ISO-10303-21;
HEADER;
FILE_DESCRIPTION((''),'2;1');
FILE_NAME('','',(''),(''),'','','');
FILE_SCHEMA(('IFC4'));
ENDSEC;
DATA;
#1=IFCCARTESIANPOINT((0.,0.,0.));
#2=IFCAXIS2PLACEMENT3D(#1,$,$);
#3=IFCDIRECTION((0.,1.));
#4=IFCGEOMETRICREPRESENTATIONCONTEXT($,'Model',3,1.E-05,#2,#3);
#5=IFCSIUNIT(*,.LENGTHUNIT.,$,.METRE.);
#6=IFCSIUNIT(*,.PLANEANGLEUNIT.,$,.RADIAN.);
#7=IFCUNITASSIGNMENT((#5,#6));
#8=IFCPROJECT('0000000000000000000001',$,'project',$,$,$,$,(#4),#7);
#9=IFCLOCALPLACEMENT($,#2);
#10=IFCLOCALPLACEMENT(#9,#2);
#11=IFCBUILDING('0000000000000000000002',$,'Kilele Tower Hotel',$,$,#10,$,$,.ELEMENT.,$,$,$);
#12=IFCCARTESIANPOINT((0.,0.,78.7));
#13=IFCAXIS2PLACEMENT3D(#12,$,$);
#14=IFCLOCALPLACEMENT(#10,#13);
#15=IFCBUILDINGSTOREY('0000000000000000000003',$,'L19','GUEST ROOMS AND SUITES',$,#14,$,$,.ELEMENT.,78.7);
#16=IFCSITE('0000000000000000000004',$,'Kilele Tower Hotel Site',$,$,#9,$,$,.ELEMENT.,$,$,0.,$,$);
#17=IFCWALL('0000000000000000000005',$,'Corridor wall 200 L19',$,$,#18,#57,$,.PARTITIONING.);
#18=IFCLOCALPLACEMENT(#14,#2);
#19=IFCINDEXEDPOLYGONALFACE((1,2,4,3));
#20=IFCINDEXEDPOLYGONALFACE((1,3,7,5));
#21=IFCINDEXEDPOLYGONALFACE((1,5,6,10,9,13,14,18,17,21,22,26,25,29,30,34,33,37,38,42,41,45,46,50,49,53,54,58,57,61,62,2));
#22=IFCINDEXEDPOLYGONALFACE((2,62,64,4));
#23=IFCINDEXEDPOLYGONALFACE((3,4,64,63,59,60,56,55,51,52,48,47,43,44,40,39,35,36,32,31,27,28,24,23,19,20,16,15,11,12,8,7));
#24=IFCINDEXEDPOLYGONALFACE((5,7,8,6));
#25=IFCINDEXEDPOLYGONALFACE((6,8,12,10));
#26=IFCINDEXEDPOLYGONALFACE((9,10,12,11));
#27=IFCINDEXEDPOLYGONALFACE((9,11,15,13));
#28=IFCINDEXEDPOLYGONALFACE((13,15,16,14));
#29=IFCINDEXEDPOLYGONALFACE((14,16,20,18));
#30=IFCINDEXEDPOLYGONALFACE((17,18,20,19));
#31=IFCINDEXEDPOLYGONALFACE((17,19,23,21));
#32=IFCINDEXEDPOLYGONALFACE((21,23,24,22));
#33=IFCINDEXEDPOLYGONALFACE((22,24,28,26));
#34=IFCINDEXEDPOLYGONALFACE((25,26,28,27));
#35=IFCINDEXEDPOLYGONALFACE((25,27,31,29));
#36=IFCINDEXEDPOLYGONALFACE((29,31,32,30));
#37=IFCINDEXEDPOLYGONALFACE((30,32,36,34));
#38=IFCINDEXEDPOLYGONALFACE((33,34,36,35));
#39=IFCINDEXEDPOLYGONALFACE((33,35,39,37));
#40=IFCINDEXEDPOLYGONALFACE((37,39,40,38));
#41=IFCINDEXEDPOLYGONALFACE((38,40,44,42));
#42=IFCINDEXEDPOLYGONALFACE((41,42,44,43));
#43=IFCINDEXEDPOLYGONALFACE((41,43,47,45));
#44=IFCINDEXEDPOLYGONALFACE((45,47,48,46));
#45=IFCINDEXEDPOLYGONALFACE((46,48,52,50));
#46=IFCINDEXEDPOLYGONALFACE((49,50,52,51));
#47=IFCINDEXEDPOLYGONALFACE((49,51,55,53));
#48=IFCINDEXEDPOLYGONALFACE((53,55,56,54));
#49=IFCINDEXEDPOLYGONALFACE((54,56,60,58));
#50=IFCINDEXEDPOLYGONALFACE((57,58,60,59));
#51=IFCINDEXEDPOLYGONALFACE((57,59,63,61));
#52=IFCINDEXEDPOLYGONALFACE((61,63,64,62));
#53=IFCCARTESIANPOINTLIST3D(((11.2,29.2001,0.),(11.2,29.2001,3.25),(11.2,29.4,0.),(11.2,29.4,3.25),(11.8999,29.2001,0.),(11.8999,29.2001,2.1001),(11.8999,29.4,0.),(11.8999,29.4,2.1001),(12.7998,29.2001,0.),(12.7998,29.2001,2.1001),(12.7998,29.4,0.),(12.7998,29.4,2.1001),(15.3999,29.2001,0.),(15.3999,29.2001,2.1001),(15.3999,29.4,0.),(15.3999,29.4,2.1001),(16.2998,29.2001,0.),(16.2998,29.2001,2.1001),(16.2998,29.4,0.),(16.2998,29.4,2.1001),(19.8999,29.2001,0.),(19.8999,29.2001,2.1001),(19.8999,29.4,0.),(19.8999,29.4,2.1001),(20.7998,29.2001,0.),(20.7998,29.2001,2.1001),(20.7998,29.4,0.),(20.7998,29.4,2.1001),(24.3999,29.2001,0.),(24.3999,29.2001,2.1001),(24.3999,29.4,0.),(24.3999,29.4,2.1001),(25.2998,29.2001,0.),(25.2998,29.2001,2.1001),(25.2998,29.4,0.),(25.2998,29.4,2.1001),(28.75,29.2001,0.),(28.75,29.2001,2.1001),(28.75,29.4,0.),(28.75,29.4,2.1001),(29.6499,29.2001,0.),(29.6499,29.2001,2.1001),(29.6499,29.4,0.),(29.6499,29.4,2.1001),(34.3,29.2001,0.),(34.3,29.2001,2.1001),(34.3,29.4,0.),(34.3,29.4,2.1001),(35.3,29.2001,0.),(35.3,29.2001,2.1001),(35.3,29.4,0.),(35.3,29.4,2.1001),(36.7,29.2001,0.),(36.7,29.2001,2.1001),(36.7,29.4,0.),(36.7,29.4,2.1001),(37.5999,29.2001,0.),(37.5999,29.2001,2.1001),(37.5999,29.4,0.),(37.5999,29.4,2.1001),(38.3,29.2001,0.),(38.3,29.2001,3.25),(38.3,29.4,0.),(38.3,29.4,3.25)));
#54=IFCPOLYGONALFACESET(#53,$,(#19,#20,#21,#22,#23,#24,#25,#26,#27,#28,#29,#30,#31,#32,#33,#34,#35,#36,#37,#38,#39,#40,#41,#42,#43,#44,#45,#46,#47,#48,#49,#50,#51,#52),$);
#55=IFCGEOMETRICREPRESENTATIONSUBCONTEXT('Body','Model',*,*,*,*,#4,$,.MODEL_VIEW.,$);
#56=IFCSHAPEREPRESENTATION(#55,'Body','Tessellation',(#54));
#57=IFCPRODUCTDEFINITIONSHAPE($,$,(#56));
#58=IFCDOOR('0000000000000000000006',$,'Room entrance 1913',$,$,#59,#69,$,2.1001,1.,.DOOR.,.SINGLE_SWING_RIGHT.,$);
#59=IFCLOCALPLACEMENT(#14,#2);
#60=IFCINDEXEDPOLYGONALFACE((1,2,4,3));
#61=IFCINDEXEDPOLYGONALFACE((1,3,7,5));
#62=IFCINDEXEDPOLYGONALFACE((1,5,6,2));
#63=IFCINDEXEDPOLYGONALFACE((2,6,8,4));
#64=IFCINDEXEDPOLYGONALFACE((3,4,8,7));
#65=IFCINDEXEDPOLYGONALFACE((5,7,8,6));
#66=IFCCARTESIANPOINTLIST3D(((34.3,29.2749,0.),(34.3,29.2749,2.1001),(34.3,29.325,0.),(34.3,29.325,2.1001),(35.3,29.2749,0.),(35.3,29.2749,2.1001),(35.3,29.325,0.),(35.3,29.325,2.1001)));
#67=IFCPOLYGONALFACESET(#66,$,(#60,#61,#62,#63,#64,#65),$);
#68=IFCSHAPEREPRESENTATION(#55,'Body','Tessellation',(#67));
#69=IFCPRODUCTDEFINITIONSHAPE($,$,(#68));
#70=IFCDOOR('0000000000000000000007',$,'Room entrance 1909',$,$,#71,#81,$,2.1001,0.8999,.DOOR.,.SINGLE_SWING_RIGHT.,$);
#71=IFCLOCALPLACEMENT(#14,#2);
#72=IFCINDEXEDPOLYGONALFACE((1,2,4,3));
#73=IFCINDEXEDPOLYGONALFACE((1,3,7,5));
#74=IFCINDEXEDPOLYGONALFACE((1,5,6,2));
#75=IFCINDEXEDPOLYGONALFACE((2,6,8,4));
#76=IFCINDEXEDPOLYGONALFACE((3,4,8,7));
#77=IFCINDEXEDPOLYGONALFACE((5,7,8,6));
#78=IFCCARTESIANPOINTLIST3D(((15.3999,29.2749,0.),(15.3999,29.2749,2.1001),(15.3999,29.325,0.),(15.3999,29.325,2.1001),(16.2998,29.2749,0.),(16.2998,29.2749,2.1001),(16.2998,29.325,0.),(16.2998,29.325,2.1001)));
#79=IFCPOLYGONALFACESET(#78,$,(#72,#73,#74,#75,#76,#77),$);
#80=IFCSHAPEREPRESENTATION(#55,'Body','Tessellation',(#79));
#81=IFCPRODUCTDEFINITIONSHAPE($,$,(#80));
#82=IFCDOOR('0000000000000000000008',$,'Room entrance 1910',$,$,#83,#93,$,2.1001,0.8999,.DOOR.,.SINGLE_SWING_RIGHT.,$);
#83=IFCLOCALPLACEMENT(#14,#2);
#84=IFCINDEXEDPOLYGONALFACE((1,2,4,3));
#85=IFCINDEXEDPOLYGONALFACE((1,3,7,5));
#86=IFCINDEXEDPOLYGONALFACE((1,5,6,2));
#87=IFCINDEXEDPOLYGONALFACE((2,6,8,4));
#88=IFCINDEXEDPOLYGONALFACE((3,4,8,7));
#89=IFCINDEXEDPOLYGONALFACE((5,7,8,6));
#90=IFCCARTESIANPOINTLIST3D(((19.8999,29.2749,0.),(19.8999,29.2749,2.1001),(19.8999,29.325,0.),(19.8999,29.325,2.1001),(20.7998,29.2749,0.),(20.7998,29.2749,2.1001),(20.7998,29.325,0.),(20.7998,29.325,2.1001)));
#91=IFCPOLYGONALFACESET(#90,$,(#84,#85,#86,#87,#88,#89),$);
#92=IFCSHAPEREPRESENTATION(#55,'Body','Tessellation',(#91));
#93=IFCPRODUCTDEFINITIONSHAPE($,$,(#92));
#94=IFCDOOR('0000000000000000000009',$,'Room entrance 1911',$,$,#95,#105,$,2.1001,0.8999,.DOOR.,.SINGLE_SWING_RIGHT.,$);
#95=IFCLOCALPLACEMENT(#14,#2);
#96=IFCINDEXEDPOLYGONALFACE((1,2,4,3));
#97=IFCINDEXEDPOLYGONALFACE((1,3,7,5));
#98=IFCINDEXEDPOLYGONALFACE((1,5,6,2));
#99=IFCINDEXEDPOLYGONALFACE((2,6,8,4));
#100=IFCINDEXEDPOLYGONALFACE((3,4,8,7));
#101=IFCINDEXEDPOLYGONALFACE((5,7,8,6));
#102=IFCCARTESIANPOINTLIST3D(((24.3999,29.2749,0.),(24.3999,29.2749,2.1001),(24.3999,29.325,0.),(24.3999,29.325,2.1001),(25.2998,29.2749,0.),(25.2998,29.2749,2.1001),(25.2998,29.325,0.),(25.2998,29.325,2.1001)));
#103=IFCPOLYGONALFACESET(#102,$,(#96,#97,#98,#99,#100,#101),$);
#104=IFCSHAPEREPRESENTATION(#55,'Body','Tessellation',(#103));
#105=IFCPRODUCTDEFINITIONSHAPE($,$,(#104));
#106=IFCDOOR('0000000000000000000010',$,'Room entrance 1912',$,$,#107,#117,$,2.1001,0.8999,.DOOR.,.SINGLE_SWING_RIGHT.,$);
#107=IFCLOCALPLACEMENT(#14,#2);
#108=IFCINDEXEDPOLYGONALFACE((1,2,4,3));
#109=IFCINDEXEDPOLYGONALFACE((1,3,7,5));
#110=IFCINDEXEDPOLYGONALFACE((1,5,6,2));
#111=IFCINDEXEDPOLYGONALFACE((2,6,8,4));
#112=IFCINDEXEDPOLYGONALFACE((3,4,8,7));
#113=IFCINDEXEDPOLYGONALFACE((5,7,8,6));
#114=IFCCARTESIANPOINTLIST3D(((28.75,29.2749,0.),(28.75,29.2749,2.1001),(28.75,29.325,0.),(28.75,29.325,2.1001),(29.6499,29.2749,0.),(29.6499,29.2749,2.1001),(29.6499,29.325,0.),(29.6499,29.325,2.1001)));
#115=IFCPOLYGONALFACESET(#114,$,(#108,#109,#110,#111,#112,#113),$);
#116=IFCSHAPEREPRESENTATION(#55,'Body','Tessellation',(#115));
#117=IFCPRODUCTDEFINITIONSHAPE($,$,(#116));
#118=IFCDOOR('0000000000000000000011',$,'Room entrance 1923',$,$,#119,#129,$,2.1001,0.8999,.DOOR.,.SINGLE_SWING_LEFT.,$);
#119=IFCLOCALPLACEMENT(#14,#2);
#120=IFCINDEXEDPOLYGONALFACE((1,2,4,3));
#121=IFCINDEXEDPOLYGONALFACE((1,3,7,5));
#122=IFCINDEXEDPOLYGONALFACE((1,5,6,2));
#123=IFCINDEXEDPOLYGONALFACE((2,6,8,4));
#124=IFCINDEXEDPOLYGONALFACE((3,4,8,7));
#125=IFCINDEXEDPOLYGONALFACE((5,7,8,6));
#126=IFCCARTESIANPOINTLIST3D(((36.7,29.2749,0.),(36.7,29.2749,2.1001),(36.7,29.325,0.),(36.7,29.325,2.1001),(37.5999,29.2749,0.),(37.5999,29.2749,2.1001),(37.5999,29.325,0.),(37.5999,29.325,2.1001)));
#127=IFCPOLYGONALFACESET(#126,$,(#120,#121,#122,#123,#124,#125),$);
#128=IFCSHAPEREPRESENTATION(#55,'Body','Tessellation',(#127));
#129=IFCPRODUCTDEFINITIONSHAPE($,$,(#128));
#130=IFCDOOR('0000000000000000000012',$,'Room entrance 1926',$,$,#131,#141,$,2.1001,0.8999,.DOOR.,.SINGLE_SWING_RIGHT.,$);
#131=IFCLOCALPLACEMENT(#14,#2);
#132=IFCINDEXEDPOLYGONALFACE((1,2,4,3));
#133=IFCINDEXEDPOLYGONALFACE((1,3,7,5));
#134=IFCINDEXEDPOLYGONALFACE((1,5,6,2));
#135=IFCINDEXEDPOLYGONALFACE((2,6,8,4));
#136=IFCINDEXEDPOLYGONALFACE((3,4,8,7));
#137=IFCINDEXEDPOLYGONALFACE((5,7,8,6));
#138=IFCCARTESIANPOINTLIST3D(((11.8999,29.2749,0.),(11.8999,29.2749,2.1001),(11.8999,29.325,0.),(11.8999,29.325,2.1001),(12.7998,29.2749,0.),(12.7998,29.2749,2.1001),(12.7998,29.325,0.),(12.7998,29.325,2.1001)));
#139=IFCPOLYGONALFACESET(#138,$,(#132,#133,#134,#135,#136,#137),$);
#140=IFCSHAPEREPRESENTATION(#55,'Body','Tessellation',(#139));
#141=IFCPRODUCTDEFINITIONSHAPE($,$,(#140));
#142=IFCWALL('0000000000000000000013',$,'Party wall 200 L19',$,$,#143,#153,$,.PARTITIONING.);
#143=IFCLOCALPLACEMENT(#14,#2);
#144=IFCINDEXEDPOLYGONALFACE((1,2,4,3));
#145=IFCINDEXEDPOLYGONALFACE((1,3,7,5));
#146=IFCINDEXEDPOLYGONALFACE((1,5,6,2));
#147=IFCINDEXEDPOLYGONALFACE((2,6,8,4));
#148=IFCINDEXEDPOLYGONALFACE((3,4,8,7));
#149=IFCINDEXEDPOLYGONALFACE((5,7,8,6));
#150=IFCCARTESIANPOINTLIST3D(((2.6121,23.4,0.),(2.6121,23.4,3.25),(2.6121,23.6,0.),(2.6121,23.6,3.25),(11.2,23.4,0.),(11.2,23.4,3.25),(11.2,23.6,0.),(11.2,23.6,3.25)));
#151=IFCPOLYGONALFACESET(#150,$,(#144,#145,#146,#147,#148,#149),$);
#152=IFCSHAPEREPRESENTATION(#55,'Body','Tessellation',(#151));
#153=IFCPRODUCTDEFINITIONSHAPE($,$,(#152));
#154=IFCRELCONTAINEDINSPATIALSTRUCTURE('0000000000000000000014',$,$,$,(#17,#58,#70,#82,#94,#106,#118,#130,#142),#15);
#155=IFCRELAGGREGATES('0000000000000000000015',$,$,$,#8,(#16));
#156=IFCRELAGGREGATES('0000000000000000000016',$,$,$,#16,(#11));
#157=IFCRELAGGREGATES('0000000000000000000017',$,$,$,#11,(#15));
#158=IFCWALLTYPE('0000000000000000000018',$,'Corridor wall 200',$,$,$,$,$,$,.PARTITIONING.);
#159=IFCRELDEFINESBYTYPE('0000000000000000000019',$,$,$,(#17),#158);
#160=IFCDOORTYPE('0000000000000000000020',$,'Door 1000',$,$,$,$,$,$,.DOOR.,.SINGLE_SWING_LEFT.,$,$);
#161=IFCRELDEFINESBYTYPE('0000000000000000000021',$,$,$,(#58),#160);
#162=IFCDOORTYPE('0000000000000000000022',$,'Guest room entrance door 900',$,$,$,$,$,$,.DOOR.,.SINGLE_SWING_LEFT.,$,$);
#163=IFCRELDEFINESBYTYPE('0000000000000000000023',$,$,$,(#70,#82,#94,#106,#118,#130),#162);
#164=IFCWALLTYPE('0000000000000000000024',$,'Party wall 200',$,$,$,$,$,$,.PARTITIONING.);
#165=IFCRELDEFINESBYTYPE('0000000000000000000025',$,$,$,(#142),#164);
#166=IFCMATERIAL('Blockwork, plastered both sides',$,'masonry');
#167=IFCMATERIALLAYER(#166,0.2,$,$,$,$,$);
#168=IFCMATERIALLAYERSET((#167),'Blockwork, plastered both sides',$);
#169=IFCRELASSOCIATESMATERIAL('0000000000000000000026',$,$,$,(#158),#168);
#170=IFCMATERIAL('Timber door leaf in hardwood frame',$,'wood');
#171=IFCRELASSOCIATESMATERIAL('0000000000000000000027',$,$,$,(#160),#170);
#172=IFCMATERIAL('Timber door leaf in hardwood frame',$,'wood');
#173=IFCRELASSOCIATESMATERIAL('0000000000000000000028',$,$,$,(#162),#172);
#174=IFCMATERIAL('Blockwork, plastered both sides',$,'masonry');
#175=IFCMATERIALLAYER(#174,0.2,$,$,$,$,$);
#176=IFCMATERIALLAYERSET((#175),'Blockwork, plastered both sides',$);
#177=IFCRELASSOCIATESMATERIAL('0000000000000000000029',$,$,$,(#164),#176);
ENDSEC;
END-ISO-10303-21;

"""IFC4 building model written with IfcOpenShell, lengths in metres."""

from ifc_helpers import new_model, si_unit, direction, frame, frame_2d, origin, place, context, subcontext, project, spatial, rectangle, extrude, material, layer, layer_set, type_object, element, fill, save


model = new_model("IFC4")

# Units and contexts
model_context = context("Model", 3, precision=1e-05, world=origin(), true_north=direction((0.0, 1.0)))
body_context = subcontext(model_context, "Body", "Model", "MODEL_VIEW")
ifc_project = project(units=[si_unit("LENGTHUNIT", "METRE"), si_unit("PLANEANGLEUNIT", "RADIAN")], contexts=[model_context])

# Site, building, storey
site_placement = place(None, origin())
site = spatial("IfcSite", under=ifc_project, at=site_placement, Name="Kilele Tower Hotel Site", CompositionType="ELEMENT", RefElevation=0.0)
building_placement = place(site_placement, origin())
building = spatial("IfcBuilding", under=site, at=building_placement, Name="Kilele Tower Hotel", CompositionType="ELEMENT")
storey_placement = place(building_placement, frame((0.0, 0.0, 78.7)))
storey = spatial("IfcBuildingStorey", under=building, at=storey_placement, Name="L19", Description="GUEST ROOMS AND SUITES", CompositionType="ELEMENT", Elevation=78.7)

# Wall, openings, doors
ifc_material_1 = material(Name="Blockwork, plastered both sides", Category="masonry")
ifc_layer_1 = layer(ifc_material_1, 0.2)
ifc_layer_set_1 = layer_set([ifc_layer_1], Name="Blockwork, plastered both sides")
wall_type_1 = type_object("IfcWallType", Name="Corridor wall 200", PredefinedType="PARTITIONING", material=ifc_layer_set_1)
wall_1_placement = place(storey_placement, frame((11.2, 29.3, 0.0), z_axis=(0.0, 0.0, 1.0), x_axis=(1.0, 0.0, 0.0)))
wall_1 = element("IfcWall", 1, at=wall_1_placement, inside=storey, type_object=wall_type_1, Name="Corridor wall 200 L19", PredefinedType="PARTITIONING", context=body_context, shape_type="SweptSolid", body=[
    extrude(rectangle(XDim=27.1001, YDim=0.2, at=frame_2d((13.55, 0.0))), origin(), (0.0, 0.0, 1.0), 3.25),
])
opening_1_placement = place(wall_1_placement, frame((4.2, 0.0, 0.0)))
opening_1 = element("IfcOpeningElement", 2, at=opening_1_placement, cuts=wall_1, PredefinedType="OPENING", context=body_context, shape_type="SweptSolid", body=[
    extrude(rectangle(XDim=0.8999, YDim=2.1001, at=frame_2d((0.45, 1.05))), frame((0.0, 0.1099, 0.0), z_axis=(0.0, -1.0, 0.0), x_axis=(1.0, 0.0, 0.0)), (0.0, 0.0, 1.0), 0.22),
])
opening_2_placement = place(wall_1_placement, frame((8.7, 0.0, 0.0)))
opening_2 = element("IfcOpeningElement", 3, at=opening_2_placement, cuts=wall_1, PredefinedType="OPENING", context=body_context, shape_type="SweptSolid", body=[
    extrude(rectangle(XDim=0.8999, YDim=2.1001, at=frame_2d((0.45, 1.05))), frame((0.0, 0.1099, 0.0), z_axis=(0.0, -1.0, 0.0), x_axis=(1.0, 0.0, 0.0)), (0.0, 0.0, 1.0), 0.22),
])
opening_3_placement = place(wall_1_placement, frame((13.2, 0.0, 0.0)))
opening_3 = element("IfcOpeningElement", 4, at=opening_3_placement, cuts=wall_1, PredefinedType="OPENING", context=body_context, shape_type="SweptSolid", body=[
    extrude(rectangle(XDim=0.8999, YDim=2.1001, at=frame_2d((0.45, 1.05))), frame((0.0, 0.1099, 0.0), z_axis=(0.0, -1.0, 0.0), x_axis=(1.0, 0.0, 0.0)), (0.0, 0.0, 1.0), 0.22),
])
opening_4_placement = place(wall_1_placement, frame((17.55, 0.0, 0.0)))
opening_4 = element("IfcOpeningElement", 5, at=opening_4_placement, cuts=wall_1, PredefinedType="OPENING", context=body_context, shape_type="SweptSolid", body=[
    extrude(rectangle(XDim=0.8999, YDim=2.1001, at=frame_2d((0.45, 1.05))), frame((0.0, 0.1099, 0.0), z_axis=(0.0, -1.0, 0.0), x_axis=(1.0, 0.0, 0.0)), (0.0, 0.0, 1.0), 0.22),
])
opening_5_placement = place(wall_1_placement, frame((23.1001, 0.0, 0.0)))
opening_5 = element("IfcOpeningElement", 6, at=opening_5_placement, cuts=wall_1, PredefinedType="OPENING", context=body_context, shape_type="SweptSolid", body=[
    extrude(rectangle(XDim=1.0, YDim=2.1001, at=frame_2d((0.5, 1.05))), frame((0.0, 0.1099, 0.0), z_axis=(0.0, -1.0, 0.0), x_axis=(1.0, 0.0, 0.0)), (0.0, 0.0, 1.0), 0.22),
])
opening_6_placement = place(wall_1_placement, frame((25.5, 0.0, 0.0)))
opening_6 = element("IfcOpeningElement", 7, at=opening_6_placement, cuts=wall_1, PredefinedType="OPENING", context=body_context, shape_type="SweptSolid", body=[
    extrude(rectangle(XDim=0.8999, YDim=2.1001, at=frame_2d((0.45, 1.05))), frame((0.0, 0.1099, 0.0), z_axis=(0.0, -1.0, 0.0), x_axis=(1.0, 0.0, 0.0)), (0.0, 0.0, 1.0), 0.22),
])
opening_7_placement = place(wall_1_placement, frame((0.7, 0.0, 0.0)))
opening_7 = element("IfcOpeningElement", 8, at=opening_7_placement, cuts=wall_1, PredefinedType="OPENING", context=body_context, shape_type="SweptSolid", body=[
    extrude(rectangle(XDim=0.8999, YDim=2.1001, at=frame_2d((0.45, 1.05))), frame((0.0, 0.1099, 0.0), z_axis=(0.0, -1.0, 0.0), x_axis=(1.0, 0.0, 0.0)), (0.0, 0.0, 1.0), 0.22),
])
ifc_material_2 = material(Name="Timber door leaf in hardwood frame", Category="wood")
door_type_1 = type_object("IfcDoorType", Name="Door 1000", OperationType="SINGLE_SWING_LEFT", PredefinedType="DOOR", material=ifc_material_2)
door_1_placement = place(opening_5_placement, origin())
door_1 = element("IfcDoor", 9, at=door_1_placement, inside=storey, type_object=door_type_1, Name="Room entrance 1913", OperationType="SINGLE_SWING_RIGHT", OverallHeight=2.1001, OverallWidth=1.0, PredefinedType="DOOR", context=body_context, shape_type="SweptSolid", body=[
    extrude(rectangle(XDim=1.0, YDim=2.1001, at=frame_2d((0.5, 1.05))), frame((0.0, 0.0249, 0.0), z_axis=(0.0, -1.0, 0.0), x_axis=(1.0, 0.0, 0.0)), (0.0, 0.0, 1.0), 0.05),
])
fill(opening_5, door_1)
ifc_material_3 = material(Name="Timber door leaf in hardwood frame", Category="wood")
door_type_2 = type_object("IfcDoorType", Name="Guest room entrance door 900", OperationType="SINGLE_SWING_LEFT", PredefinedType="DOOR", material=ifc_material_3)
door_2_placement = place(opening_1_placement, origin())
door_2 = element("IfcDoor", 10, at=door_2_placement, inside=storey, type_object=door_type_2, Name="Room entrance 1909", OperationType="SINGLE_SWING_RIGHT", OverallHeight=2.1001, OverallWidth=0.8999, PredefinedType="DOOR", context=body_context, shape_type="SweptSolid", body=[
    extrude(rectangle(XDim=0.8999, YDim=2.1001, at=frame_2d((0.45, 1.05))), frame((0.0, 0.0249, 0.0), z_axis=(0.0, -1.0, 0.0), x_axis=(1.0, 0.0, 0.0)), (0.0, 0.0, 1.0), 0.05),
])
fill(opening_1, door_2)
door_3_placement = place(opening_2_placement, origin())
door_3 = element("IfcDoor", 11, at=door_3_placement, inside=storey, type_object=door_type_2, Name="Room entrance 1910", OperationType="SINGLE_SWING_RIGHT", OverallHeight=2.1001, OverallWidth=0.8999, PredefinedType="DOOR", context=body_context, shape_type="SweptSolid", body=[
    extrude(rectangle(XDim=0.8999, YDim=2.1001, at=frame_2d((0.45, 1.05))), frame((0.0, 0.0249, 0.0), z_axis=(0.0, -1.0, 0.0), x_axis=(1.0, 0.0, 0.0)), (0.0, 0.0, 1.0), 0.05),
])
fill(opening_2, door_3)
door_4_placement = place(opening_3_placement, origin())
door_4 = element("IfcDoor", 12, at=door_4_placement, inside=storey, type_object=door_type_2, Name="Room entrance 1911", OperationType="SINGLE_SWING_RIGHT", OverallHeight=2.1001, OverallWidth=0.8999, PredefinedType="DOOR", context=body_context, shape_type="SweptSolid", body=[
    extrude(rectangle(XDim=0.8999, YDim=2.1001, at=frame_2d((0.45, 1.05))), frame((0.0, 0.0249, 0.0), z_axis=(0.0, -1.0, 0.0), x_axis=(1.0, 0.0, 0.0)), (0.0, 0.0, 1.0), 0.05),
])
fill(opening_3, door_4)
door_5_placement = place(opening_4_placement, origin())
door_5 = element("IfcDoor", 13, at=door_5_placement, inside=storey, type_object=door_type_2, Name="Room entrance 1912", OperationType="SINGLE_SWING_RIGHT", OverallHeight=2.1001, OverallWidth=0.8999, PredefinedType="DOOR", context=body_context, shape_type="SweptSolid", body=[
    extrude(rectangle(XDim=0.8999, YDim=2.1001, at=frame_2d((0.45, 1.05))), frame((0.0, 0.0249, 0.0), z_axis=(0.0, -1.0, 0.0), x_axis=(1.0, 0.0, 0.0)), (0.0, 0.0, 1.0), 0.05),
])
fill(opening_4, door_5)
door_6_placement = place(opening_6_placement, origin())
door_6 = element("IfcDoor", 14, at=door_6_placement, inside=storey, type_object=door_type_2, Name="Room entrance 1923", OperationType="SINGLE_SWING_LEFT", OverallHeight=2.1001, OverallWidth=0.8999, PredefinedType="DOOR", context=body_context, shape_type="SweptSolid", body=[
    extrude(rectangle(XDim=0.8999, YDim=2.1001, at=frame_2d((0.45, 1.05))), frame((0.0, 0.0249, 0.0), z_axis=(0.0, -1.0, 0.0), x_axis=(1.0, 0.0, 0.0)), (0.0, 0.0, 1.0), 0.05),
])
fill(opening_6, door_6)
door_7_placement = place(opening_7_placement, origin())
door_7 = element("IfcDoor", 15, at=door_7_placement, inside=storey, type_object=door_type_2, Name="Room entrance 1926", OperationType="SINGLE_SWING_RIGHT", OverallHeight=2.1001, OverallWidth=0.8999, PredefinedType="DOOR", context=body_context, shape_type="SweptSolid", body=[
    extrude(rectangle(XDim=0.8999, YDim=2.1001, at=frame_2d((0.45, 1.05))), frame((0.0, 0.0249, 0.0), z_axis=(0.0, -1.0, 0.0), x_axis=(1.0, 0.0, 0.0)), (0.0, 0.0, 1.0), 0.05),
])
fill(opening_7, door_7)

# Wall
ifc_material_4 = material(Name="Blockwork, plastered both sides", Category="masonry")
ifc_layer_2 = layer(ifc_material_4, 0.2)
ifc_layer_set_2 = layer_set([ifc_layer_2], Name="Blockwork, plastered both sides")
wall_type_2 = type_object("IfcWallType", Name="Party wall 200", PredefinedType="PARTITIONING", material=ifc_layer_set_2)
wall_2_placement = place(storey_placement, frame((11.2, 23.5, 0.0), z_axis=(0.0, 0.0, 1.0), x_axis=(-1.0, 0.0, 0.0)))
element("IfcWall", 16, at=wall_2_placement, inside=storey, type_object=wall_type_2, Name="Party wall 200 L19", PredefinedType="PARTITIONING", context=body_context, shape_type="SweptSolid", body=[
    extrude(rectangle(XDim=8.5879, YDim=0.2, at=frame_2d((4.2939, 0.0))), origin(), (0.0, 0.0, 1.0), 3.25),
])

save(model, "model.ifc")
